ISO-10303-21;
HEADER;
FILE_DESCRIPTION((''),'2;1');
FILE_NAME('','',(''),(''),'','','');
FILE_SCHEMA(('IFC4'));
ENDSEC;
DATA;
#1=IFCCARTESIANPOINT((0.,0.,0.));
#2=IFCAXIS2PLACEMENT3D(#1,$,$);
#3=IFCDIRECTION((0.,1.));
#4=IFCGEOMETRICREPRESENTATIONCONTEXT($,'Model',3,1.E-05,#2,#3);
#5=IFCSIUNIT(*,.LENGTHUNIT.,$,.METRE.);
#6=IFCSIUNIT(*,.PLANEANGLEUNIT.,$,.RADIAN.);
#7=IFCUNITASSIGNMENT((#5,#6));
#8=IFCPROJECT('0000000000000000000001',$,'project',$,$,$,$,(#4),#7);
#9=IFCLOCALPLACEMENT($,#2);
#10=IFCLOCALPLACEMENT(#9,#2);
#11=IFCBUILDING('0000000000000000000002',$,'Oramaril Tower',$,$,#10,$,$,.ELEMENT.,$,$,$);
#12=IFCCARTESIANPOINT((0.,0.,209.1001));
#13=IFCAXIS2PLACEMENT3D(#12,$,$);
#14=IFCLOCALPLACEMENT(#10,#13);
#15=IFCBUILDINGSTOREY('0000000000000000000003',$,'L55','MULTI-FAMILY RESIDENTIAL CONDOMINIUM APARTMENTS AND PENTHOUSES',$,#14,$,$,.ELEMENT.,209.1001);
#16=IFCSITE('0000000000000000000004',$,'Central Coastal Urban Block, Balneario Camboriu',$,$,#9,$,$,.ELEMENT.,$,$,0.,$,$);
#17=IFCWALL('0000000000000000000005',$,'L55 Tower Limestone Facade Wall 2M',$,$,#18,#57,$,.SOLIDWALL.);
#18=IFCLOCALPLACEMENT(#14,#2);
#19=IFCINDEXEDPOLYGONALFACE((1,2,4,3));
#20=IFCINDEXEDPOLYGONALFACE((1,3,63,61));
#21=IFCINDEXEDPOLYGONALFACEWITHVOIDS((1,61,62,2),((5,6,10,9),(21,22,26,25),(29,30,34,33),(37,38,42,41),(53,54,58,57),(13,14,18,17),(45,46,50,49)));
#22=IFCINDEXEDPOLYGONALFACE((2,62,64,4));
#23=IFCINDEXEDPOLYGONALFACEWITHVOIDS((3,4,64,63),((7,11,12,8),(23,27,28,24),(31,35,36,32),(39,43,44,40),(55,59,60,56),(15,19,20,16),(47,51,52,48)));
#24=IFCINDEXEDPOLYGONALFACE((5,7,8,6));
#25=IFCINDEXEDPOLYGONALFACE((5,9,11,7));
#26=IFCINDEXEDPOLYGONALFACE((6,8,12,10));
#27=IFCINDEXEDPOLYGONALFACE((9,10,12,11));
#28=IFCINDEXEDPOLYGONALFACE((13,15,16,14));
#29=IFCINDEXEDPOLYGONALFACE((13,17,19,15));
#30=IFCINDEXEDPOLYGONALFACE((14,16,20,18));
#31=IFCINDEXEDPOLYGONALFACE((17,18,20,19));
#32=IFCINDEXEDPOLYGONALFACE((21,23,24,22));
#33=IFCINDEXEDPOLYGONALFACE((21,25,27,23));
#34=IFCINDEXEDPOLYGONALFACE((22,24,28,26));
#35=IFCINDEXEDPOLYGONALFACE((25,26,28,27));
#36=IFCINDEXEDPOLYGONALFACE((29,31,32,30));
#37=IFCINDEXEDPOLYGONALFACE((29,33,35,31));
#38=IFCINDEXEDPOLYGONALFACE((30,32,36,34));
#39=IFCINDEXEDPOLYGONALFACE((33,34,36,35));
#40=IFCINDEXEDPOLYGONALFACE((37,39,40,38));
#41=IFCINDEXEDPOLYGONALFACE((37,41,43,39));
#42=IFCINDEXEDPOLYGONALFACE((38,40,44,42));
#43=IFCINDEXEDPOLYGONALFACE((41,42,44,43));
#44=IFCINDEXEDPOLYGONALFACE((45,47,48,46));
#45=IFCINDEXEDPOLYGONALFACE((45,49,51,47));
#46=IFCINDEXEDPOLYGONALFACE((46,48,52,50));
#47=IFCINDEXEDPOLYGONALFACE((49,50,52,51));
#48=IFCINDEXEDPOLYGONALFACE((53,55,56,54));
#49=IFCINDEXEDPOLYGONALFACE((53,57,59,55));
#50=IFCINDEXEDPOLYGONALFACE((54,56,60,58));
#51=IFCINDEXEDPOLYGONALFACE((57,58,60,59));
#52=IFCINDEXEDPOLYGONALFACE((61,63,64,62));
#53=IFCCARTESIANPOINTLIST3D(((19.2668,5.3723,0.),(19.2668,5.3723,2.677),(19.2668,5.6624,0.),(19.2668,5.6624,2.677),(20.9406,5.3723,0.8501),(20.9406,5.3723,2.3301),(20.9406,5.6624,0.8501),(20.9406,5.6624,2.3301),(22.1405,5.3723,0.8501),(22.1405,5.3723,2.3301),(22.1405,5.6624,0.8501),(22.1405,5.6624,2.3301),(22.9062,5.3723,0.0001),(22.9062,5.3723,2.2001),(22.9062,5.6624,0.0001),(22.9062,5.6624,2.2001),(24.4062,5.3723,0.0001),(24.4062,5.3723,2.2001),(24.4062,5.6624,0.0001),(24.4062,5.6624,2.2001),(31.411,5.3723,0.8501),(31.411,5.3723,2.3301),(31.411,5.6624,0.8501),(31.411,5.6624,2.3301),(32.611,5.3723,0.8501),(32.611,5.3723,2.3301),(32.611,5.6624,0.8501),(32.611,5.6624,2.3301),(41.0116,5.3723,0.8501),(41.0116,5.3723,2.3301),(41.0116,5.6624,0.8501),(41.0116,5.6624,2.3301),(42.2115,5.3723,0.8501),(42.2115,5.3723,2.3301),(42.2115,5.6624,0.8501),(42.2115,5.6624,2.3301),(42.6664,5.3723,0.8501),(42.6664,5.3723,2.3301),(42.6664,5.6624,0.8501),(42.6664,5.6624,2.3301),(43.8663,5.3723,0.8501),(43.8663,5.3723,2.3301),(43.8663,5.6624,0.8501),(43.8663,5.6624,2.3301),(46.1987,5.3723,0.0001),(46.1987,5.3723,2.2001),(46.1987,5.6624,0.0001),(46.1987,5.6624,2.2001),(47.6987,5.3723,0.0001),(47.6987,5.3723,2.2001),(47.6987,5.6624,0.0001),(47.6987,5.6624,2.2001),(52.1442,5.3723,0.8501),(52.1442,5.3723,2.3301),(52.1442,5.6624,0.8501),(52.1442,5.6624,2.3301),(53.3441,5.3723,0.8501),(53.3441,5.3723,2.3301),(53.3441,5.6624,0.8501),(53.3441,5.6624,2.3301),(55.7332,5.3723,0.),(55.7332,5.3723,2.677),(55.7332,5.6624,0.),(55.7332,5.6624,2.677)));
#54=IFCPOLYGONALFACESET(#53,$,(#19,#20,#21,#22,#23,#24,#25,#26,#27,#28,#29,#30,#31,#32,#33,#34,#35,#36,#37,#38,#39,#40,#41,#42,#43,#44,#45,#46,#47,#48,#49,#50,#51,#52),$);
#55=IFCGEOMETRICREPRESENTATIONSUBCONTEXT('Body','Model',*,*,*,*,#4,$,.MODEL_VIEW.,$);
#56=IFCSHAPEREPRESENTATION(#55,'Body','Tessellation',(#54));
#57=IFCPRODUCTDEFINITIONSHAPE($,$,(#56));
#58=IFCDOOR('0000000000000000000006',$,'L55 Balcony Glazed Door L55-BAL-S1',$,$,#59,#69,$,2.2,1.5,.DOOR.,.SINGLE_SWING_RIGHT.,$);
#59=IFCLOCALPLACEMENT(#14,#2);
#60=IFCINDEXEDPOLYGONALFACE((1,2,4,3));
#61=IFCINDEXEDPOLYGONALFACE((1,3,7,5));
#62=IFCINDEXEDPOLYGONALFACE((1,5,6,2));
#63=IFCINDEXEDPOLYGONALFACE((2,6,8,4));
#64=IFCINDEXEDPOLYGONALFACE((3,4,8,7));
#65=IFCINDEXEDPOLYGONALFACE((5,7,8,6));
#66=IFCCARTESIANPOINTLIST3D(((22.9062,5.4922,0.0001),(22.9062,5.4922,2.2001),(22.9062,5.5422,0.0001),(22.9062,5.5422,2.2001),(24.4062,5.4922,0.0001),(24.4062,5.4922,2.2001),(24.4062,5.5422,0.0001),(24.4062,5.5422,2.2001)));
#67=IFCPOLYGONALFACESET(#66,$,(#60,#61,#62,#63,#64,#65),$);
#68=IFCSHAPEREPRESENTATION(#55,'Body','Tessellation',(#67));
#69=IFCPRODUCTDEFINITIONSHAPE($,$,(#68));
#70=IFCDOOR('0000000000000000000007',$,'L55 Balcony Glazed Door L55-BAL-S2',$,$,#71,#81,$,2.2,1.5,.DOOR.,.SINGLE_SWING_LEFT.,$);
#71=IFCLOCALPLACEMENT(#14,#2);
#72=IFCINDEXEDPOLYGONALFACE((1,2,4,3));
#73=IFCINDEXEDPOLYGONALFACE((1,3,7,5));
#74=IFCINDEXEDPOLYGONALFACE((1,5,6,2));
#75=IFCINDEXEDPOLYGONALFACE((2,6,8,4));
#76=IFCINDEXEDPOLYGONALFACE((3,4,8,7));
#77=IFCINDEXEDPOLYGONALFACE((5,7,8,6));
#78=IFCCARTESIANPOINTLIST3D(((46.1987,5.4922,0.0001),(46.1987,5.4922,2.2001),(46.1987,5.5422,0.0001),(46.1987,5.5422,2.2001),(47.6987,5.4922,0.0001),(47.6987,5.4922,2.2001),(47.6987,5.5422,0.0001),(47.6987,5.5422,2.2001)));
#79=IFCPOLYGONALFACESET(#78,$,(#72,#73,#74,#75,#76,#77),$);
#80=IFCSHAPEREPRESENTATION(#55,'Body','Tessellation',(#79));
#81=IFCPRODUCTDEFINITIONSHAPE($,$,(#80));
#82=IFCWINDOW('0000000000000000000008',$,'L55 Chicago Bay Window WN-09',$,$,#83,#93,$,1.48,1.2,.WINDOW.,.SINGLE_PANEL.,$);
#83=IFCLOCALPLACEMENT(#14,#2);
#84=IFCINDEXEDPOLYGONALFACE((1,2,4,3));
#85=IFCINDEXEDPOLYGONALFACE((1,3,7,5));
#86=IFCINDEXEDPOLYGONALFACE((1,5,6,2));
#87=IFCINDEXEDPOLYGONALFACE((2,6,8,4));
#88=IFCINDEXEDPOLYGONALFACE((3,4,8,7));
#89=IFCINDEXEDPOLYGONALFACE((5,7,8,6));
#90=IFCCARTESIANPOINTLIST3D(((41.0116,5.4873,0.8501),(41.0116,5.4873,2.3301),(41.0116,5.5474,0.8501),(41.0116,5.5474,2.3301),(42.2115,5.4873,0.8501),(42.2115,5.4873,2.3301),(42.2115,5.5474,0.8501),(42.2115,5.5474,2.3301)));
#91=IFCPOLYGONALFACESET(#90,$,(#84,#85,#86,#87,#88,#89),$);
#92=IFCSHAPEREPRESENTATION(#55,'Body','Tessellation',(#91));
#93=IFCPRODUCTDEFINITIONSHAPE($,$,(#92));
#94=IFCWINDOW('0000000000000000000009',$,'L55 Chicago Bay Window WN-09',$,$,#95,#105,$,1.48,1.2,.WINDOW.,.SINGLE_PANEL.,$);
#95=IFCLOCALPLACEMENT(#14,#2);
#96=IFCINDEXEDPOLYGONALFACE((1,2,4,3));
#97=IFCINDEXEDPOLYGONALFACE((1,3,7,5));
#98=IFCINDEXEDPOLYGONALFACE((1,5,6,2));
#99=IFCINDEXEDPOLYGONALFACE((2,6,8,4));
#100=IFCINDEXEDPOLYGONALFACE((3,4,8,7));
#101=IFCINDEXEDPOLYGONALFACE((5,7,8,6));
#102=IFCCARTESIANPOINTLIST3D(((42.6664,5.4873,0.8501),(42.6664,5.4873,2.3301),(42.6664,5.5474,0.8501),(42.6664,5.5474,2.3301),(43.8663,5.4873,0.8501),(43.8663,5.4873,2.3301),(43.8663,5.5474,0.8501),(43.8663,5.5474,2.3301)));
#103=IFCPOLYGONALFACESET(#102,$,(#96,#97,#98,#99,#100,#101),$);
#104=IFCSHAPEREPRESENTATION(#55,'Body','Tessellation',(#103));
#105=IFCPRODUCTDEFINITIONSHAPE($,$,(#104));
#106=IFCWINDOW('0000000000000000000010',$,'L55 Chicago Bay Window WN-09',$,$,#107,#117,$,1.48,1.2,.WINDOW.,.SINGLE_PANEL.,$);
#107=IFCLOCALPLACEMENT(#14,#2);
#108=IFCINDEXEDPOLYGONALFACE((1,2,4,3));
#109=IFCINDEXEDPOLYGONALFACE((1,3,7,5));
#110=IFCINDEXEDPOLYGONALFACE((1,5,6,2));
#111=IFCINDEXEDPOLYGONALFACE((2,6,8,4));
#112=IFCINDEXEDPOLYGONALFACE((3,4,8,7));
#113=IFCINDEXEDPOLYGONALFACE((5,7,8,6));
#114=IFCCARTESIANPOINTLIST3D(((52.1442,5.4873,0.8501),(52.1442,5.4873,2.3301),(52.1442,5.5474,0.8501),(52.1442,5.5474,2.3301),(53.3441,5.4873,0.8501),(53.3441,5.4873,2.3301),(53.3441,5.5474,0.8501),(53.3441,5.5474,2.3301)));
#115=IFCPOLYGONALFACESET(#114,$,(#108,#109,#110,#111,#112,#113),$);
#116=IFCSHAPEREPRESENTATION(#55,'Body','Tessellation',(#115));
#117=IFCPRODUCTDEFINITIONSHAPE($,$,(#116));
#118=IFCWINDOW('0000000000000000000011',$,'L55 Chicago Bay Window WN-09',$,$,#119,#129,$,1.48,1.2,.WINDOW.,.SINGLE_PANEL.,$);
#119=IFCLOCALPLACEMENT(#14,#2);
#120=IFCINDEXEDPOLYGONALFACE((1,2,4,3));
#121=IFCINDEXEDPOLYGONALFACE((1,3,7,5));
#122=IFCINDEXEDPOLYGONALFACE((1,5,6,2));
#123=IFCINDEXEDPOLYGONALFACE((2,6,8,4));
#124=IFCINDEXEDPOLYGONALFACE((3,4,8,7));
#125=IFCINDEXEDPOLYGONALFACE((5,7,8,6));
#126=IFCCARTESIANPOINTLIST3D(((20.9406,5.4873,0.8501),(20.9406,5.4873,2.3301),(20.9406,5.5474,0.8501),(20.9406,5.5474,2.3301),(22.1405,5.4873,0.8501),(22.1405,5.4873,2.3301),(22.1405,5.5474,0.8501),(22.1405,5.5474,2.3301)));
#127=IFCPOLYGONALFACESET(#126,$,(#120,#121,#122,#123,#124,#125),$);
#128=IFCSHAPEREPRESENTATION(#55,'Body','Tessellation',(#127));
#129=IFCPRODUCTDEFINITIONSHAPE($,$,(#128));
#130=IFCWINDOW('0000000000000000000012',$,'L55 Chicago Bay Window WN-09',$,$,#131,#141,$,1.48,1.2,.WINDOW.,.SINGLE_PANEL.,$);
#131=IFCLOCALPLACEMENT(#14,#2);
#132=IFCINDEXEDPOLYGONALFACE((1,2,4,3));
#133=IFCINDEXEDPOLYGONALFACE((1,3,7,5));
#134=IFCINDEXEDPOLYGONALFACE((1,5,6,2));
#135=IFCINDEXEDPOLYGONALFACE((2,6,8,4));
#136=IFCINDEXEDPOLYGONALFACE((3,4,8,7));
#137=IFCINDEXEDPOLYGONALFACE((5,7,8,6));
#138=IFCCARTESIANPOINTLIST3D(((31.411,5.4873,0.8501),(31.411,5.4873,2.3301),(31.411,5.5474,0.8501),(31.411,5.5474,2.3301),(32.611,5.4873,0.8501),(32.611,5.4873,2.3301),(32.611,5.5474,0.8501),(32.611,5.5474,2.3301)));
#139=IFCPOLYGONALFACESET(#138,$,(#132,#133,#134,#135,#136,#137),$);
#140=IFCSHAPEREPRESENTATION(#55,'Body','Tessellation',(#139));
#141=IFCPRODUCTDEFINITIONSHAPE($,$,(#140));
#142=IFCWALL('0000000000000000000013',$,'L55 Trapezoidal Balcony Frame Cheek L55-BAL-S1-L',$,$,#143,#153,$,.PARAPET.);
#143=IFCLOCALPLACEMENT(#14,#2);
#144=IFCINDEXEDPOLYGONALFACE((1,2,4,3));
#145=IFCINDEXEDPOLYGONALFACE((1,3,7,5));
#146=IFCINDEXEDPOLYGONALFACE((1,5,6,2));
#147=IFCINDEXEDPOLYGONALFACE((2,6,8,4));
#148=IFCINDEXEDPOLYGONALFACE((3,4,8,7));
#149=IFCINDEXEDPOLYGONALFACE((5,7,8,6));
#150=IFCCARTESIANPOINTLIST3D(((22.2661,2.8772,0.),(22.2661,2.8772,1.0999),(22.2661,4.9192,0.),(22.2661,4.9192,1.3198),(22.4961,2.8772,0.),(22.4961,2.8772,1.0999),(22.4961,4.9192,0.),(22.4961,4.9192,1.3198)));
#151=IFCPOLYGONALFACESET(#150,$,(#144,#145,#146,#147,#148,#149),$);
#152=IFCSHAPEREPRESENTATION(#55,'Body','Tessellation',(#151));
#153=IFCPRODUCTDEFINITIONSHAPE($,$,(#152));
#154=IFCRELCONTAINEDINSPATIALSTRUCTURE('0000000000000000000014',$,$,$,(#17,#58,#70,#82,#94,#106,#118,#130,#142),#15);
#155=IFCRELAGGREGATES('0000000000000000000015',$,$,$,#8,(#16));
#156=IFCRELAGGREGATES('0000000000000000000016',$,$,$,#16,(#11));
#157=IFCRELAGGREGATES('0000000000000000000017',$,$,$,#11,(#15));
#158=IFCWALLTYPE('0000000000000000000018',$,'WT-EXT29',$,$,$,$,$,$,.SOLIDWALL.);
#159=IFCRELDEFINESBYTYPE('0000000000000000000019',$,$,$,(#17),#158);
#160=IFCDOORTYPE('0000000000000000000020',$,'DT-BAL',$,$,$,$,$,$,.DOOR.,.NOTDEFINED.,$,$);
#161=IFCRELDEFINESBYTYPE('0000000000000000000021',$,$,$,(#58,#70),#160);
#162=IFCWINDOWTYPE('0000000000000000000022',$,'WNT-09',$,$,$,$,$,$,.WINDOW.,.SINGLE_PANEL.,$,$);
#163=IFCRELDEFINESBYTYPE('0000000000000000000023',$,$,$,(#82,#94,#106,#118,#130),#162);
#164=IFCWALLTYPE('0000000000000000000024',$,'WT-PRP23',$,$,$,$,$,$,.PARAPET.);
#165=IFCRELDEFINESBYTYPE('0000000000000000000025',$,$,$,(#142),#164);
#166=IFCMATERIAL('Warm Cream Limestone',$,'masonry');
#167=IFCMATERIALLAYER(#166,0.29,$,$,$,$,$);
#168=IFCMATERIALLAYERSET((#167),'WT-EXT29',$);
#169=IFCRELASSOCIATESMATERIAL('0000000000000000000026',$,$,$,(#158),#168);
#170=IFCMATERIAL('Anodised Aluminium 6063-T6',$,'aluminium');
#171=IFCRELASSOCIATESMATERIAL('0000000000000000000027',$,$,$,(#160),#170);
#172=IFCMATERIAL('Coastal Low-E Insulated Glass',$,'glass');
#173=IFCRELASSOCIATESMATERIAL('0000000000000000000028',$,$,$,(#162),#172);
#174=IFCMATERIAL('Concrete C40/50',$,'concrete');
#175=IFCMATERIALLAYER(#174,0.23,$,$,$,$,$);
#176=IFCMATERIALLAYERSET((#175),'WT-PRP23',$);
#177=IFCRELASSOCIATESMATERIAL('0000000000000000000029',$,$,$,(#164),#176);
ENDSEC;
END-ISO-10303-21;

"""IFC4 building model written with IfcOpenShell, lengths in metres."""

from ifc_helpers import new_model, si_unit, direction, frame, frame_2d, origin, place, context, subcontext, project, spatial, polyline, rectangle, outline, extrude, material, layer, layer_set, type_object, element, fill, save


model = new_model("IFC4")

# Units and contexts
model_context = context("Model", 3, precision=1e-05, world=origin(), true_north=direction((0.0, 1.0)))
body_context = subcontext(model_context, "Body", "Model", "MODEL_VIEW")
ifc_project = project(units=[si_unit("LENGTHUNIT", "METRE"), si_unit("PLANEANGLEUNIT", "RADIAN")], contexts=[model_context])

# Site, building, storey
site_placement = place(None, origin())
site = spatial("IfcSite", under=ifc_project, at=site_placement, Name="Central Coastal Urban Block, Balneario Camboriu", CompositionType="ELEMENT", RefElevation=0.0)
building_placement = place(site_placement, origin())
building = spatial("IfcBuilding", under=site, at=building_placement, Name="Oramaril Tower", CompositionType="ELEMENT")
storey_placement = place(building_placement, frame((0.0, 0.0, 209.1001)))
storey = spatial("IfcBuildingStorey", under=building, at=storey_placement, Name="L55", Description="MULTI-FAMILY RESIDENTIAL CONDOMINIUM APARTMENTS AND PENTHOUSES", CompositionType="ELEMENT", Elevation=209.1001)

# Wall, openings, doors, windows
ifc_material_1 = material(Name="Warm Cream Limestone", Category="masonry")
ifc_layer_1 = layer(ifc_material_1, 0.29)
ifc_layer_set_1 = layer_set([ifc_layer_1], Name="WT-EXT29")
wall_type_1 = type_object("IfcWallType", Name="WT-EXT29", PredefinedType="SOLIDWALL", material=ifc_layer_set_1)
wall_1_placement = place(storey_placement, frame((19.2668, 5.5173, 0.0), z_axis=(0.0, 0.0, 1.0), x_axis=(1.0, 0.0, 0.0)))
wall_1 = element("IfcWall", 1, at=wall_1_placement, inside=storey, type_object=wall_type_1, Name="L55 Tower Limestone Facade Wall 2M", PredefinedType="SOLIDWALL", context=body_context, shape_type="SweptSolid", body=[
    extrude(rectangle(XDim=36.4663, YDim=0.29, at=frame_2d((18.2332, 0.0))), origin(), (0.0, 0.0, 1.0), 2.677),
])
opening_1_placement = place(wall_1_placement, frame((3.6394, 0.0, 0.0)))
opening_1 = element("IfcOpeningElement", 2, at=opening_1_placement, cuts=wall_1, PredefinedType="OPENING", context=body_context, shape_type="SweptSolid", body=[
    extrude(rectangle(XDim=1.5, YDim=2.2, at=frame_2d((0.75, 1.1001))), frame((0.0, 0.145, 0.0), z_axis=(0.0, -1.0, 0.0), x_axis=(1.0, 0.0, 0.0)), (0.0, 0.0, 1.0), 0.29),
])
opening_2_placement = place(wall_1_placement, frame((26.9319, 0.0, 0.0)))
opening_2 = element("IfcOpeningElement", 3, at=opening_2_placement, cuts=wall_1, PredefinedType="OPENING", context=body_context, shape_type="SweptSolid", body=[
    extrude(rectangle(XDim=1.5, YDim=2.2, at=frame_2d((0.75, 1.1001))), frame((0.0, 0.145, 0.0), z_axis=(0.0, -1.0, 0.0), x_axis=(1.0, 0.0, 0.0)), (0.0, 0.0, 1.0), 0.29),
])
opening_3_placement = place(wall_1_placement, frame((21.7446, 0.0, 0.8501)))
opening_3 = element("IfcOpeningElement", 4, at=opening_3_placement, cuts=wall_1, PredefinedType="OPENING", context=body_context, shape_type="SweptSolid", body=[
    extrude(rectangle(XDim=1.2, YDim=1.48, at=frame_2d((0.6001, 0.74))), frame((0.0, 0.145, 0.0), z_axis=(0.0, -1.0, 0.0), x_axis=(1.0, 0.0, 0.0)), (0.0, 0.0, 1.0), 0.29),
])
opening_4_placement = place(wall_1_placement, frame((23.3994, 0.0, 0.8501)))
opening_4 = element("IfcOpeningElement", 5, at=opening_4_placement, cuts=wall_1, PredefinedType="OPENING", context=body_context, shape_type="SweptSolid", body=[
    extrude(rectangle(XDim=1.2, YDim=1.48, at=frame_2d((0.6001, 0.74))), frame((0.0, 0.145, 0.0), z_axis=(0.0, -1.0, 0.0), x_axis=(1.0, 0.0, 0.0)), (0.0, 0.0, 1.0), 0.29),
])
opening_5_placement = place(wall_1_placement, frame((32.8772, 0.0, 0.8501)))
opening_5 = element("IfcOpeningElement", 6, at=opening_5_placement, cuts=wall_1, PredefinedType="OPENING", context=body_context, shape_type="SweptSolid", body=[
    extrude(rectangle(XDim=1.2, YDim=1.48, at=frame_2d((0.6001, 0.74))), frame((0.0, 0.145, 0.0), z_axis=(0.0, -1.0, 0.0), x_axis=(1.0, 0.0, 0.0)), (0.0, 0.0, 1.0), 0.29),
])
opening_6_placement = place(wall_1_placement, frame((1.6736, 0.0, 0.8501)))
opening_6 = element("IfcOpeningElement", 7, at=opening_6_placement, cuts=wall_1, PredefinedType="OPENING", context=body_context, shape_type="SweptSolid", body=[
    extrude(rectangle(XDim=1.2, YDim=1.48, at=frame_2d((0.6001, 0.74))), frame((0.0, 0.145, 0.0), z_axis=(0.0, -1.0, 0.0), x_axis=(1.0, 0.0, 0.0)), (0.0, 0.0, 1.0), 0.29),
])
opening_7_placement = place(wall_1_placement, frame((12.144, 0.0, 0.8501)))
opening_7 = element("IfcOpeningElement", 8, at=opening_7_placement, cuts=wall_1, PredefinedType="OPENING", context=body_context, shape_type="SweptSolid", body=[
    extrude(rectangle(XDim=1.2, YDim=1.48, at=frame_2d((0.6001, 0.74))), frame((0.0, 0.145, 0.0), z_axis=(0.0, -1.0, 0.0), x_axis=(1.0, 0.0, 0.0)), (0.0, 0.0, 1.0), 0.29),
])
ifc_material_2 = material(Name="Anodised Aluminium 6063-T6", Category="aluminium")
door_type = type_object("IfcDoorType", Name="DT-BAL", OperationType="NOTDEFINED", PredefinedType="DOOR", material=ifc_material_2)
door_1_placement = place(opening_1_placement, origin())
door_1 = element("IfcDoor", 9, at=door_1_placement, inside=storey, type_object=door_type, Name="L55 Balcony Glazed Door L55-BAL-S1", OperationType="SINGLE_SWING_RIGHT", OverallHeight=2.2, OverallWidth=1.5, PredefinedType="DOOR", context=body_context, shape_type="SweptSolid", body=[
    extrude(rectangle(XDim=1.5, YDim=2.2, at=frame_2d((0.75, 1.1001))), frame((0.0, 0.0249, 0.0), z_axis=(0.0, -1.0, 0.0), x_axis=(1.0, 0.0, 0.0)), (0.0, 0.0, 1.0), 0.05),
])
fill(opening_1, door_1)
door_2_placement = place(opening_2_placement, origin())
door_2 = element("IfcDoor", 10, at=door_2_placement, inside=storey, type_object=door_type, Name="L55 Balcony Glazed Door L55-BAL-S2", OperationType="SINGLE_SWING_LEFT", OverallHeight=2.2, OverallWidth=1.5, PredefinedType="DOOR", context=body_context, shape_type="SweptSolid", body=[
    extrude(rectangle(XDim=1.5, YDim=2.2, at=frame_2d((0.75, 1.1001))), frame((0.0, 0.0249, 0.0), z_axis=(0.0, -1.0, 0.0), x_axis=(1.0, 0.0, 0.0)), (0.0, 0.0, 1.0), 0.05),
])
fill(opening_2, door_2)
ifc_material_3 = material(Name="Coastal Low-E Insulated Glass", Category="glass")
window_type = type_object("IfcWindowType", Name="WNT-09", PartitioningType="SINGLE_PANEL", PredefinedType="WINDOW", material=ifc_material_3)
window_1_placement = place(opening_3_placement, origin())
window_1 = element("IfcWindow", 11, at=window_1_placement, inside=storey, type_object=window_type, Name="L55 Chicago Bay Window WN-09", OverallHeight=1.48, OverallWidth=1.2, PartitioningType="SINGLE_PANEL", PredefinedType="WINDOW", context=body_context, shape_type="SweptSolid", body=[
    extrude(rectangle(XDim=1.2, YDim=1.48, at=frame_2d((0.6001, 0.74))), frame((0.0, 0.03, 0.0), z_axis=(0.0, -1.0, 0.0), x_axis=(1.0, 0.0, 0.0)), (0.0, 0.0, 1.0), 0.0601),
])
fill(opening_3, window_1)
window_2_placement = place(opening_4_placement, origin())
window_2 = element("IfcWindow", 12, at=window_2_placement, inside=storey, type_object=window_type, Name="L55 Chicago Bay Window WN-09", OverallHeight=1.48, OverallWidth=1.2, PartitioningType="SINGLE_PANEL", PredefinedType="WINDOW", context=body_context, shape_type="SweptSolid", body=[
    extrude(rectangle(XDim=1.2, YDim=1.48, at=frame_2d((0.6001, 0.74))), frame((0.0, 0.03, 0.0), z_axis=(0.0, -1.0, 0.0), x_axis=(1.0, 0.0, 0.0)), (0.0, 0.0, 1.0), 0.0601),
])
fill(opening_4, window_2)
window_3_placement = place(opening_5_placement, origin())
window_3 = element("IfcWindow", 13, at=window_3_placement, inside=storey, type_object=window_type, Name="L55 Chicago Bay Window WN-09", OverallHeight=1.48, OverallWidth=1.2, PartitioningType="SINGLE_PANEL", PredefinedType="WINDOW", context=body_context, shape_type="SweptSolid", body=[
    extrude(rectangle(XDim=1.2, YDim=1.48, at=frame_2d((0.6001, 0.74))), frame((0.0, 0.03, 0.0), z_axis=(0.0, -1.0, 0.0), x_axis=(1.0, 0.0, 0.0)), (0.0, 0.0, 1.0), 0.0601),
])
fill(opening_5, window_3)
window_4_placement = place(opening_6_placement, origin())
window_4 = element("IfcWindow", 14, at=window_4_placement, inside=storey, type_object=window_type, Name="L55 Chicago Bay Window WN-09", OverallHeight=1.48, OverallWidth=1.2, PartitioningType="SINGLE_PANEL", PredefinedType="WINDOW", context=body_context, shape_type="SweptSolid", body=[
    extrude(rectangle(XDim=1.2, YDim=1.48, at=frame_2d((0.6001, 0.74))), frame((0.0, 0.03, 0.0), z_axis=(0.0, -1.0, 0.0), x_axis=(1.0, 0.0, 0.0)), (0.0, 0.0, 1.0), 0.0601),
])
fill(opening_6, window_4)
window_5_placement = place(opening_7_placement, origin())
window_5 = element("IfcWindow", 15, at=window_5_placement, inside=storey, type_object=window_type, Name="L55 Chicago Bay Window WN-09", OverallHeight=1.48, OverallWidth=1.2, PartitioningType="SINGLE_PANEL", PredefinedType="WINDOW", context=body_context, shape_type="SweptSolid", body=[
    extrude(rectangle(XDim=1.2, YDim=1.48, at=frame_2d((0.6001, 0.74))), frame((0.0, 0.03, 0.0), z_axis=(0.0, -1.0, 0.0), x_axis=(1.0, 0.0, 0.0)), (0.0, 0.0, 1.0), 0.0601),
])
fill(opening_7, window_5)

# Wall
ifc_material_4 = material(Name="Concrete C40/50", Category="concrete")
ifc_layer_2 = layer(ifc_material_4, 0.23)
ifc_layer_set_2 = layer_set([ifc_layer_2], Name="WT-PRP23")
wall_type_2 = type_object("IfcWallType", Name="WT-PRP23", PredefinedType="PARAPET", material=ifc_layer_set_2)
wall_2_placement = place(storey_placement, frame((22.3811, 4.9192, 0.0), z_axis=(0.0, 0.0, 1.0), x_axis=(0.0, -1.0, 0.0)))
element("IfcWall", 16, at=wall_2_placement, inside=storey, type_object=wall_type_2, Name="L55 Trapezoidal Balcony Frame Cheek L55-BAL-S1-L", PredefinedType="PARAPET", context=body_context, shape_type="SweptSolid", body=[
    extrude(outline(polyline([(0.0, 0.0), (2.042, 0.0), (2.042, 1.0999), (0.0, 1.3198), (0.0, 0.0)])), frame((0.0, 0.115, 0.0), z_axis=(0.0, -1.0, 0.0), x_axis=(1.0, 0.0, 0.0)), (0.0, 0.0, 1.0), 0.23),
])

save(model, "model.ifc")
